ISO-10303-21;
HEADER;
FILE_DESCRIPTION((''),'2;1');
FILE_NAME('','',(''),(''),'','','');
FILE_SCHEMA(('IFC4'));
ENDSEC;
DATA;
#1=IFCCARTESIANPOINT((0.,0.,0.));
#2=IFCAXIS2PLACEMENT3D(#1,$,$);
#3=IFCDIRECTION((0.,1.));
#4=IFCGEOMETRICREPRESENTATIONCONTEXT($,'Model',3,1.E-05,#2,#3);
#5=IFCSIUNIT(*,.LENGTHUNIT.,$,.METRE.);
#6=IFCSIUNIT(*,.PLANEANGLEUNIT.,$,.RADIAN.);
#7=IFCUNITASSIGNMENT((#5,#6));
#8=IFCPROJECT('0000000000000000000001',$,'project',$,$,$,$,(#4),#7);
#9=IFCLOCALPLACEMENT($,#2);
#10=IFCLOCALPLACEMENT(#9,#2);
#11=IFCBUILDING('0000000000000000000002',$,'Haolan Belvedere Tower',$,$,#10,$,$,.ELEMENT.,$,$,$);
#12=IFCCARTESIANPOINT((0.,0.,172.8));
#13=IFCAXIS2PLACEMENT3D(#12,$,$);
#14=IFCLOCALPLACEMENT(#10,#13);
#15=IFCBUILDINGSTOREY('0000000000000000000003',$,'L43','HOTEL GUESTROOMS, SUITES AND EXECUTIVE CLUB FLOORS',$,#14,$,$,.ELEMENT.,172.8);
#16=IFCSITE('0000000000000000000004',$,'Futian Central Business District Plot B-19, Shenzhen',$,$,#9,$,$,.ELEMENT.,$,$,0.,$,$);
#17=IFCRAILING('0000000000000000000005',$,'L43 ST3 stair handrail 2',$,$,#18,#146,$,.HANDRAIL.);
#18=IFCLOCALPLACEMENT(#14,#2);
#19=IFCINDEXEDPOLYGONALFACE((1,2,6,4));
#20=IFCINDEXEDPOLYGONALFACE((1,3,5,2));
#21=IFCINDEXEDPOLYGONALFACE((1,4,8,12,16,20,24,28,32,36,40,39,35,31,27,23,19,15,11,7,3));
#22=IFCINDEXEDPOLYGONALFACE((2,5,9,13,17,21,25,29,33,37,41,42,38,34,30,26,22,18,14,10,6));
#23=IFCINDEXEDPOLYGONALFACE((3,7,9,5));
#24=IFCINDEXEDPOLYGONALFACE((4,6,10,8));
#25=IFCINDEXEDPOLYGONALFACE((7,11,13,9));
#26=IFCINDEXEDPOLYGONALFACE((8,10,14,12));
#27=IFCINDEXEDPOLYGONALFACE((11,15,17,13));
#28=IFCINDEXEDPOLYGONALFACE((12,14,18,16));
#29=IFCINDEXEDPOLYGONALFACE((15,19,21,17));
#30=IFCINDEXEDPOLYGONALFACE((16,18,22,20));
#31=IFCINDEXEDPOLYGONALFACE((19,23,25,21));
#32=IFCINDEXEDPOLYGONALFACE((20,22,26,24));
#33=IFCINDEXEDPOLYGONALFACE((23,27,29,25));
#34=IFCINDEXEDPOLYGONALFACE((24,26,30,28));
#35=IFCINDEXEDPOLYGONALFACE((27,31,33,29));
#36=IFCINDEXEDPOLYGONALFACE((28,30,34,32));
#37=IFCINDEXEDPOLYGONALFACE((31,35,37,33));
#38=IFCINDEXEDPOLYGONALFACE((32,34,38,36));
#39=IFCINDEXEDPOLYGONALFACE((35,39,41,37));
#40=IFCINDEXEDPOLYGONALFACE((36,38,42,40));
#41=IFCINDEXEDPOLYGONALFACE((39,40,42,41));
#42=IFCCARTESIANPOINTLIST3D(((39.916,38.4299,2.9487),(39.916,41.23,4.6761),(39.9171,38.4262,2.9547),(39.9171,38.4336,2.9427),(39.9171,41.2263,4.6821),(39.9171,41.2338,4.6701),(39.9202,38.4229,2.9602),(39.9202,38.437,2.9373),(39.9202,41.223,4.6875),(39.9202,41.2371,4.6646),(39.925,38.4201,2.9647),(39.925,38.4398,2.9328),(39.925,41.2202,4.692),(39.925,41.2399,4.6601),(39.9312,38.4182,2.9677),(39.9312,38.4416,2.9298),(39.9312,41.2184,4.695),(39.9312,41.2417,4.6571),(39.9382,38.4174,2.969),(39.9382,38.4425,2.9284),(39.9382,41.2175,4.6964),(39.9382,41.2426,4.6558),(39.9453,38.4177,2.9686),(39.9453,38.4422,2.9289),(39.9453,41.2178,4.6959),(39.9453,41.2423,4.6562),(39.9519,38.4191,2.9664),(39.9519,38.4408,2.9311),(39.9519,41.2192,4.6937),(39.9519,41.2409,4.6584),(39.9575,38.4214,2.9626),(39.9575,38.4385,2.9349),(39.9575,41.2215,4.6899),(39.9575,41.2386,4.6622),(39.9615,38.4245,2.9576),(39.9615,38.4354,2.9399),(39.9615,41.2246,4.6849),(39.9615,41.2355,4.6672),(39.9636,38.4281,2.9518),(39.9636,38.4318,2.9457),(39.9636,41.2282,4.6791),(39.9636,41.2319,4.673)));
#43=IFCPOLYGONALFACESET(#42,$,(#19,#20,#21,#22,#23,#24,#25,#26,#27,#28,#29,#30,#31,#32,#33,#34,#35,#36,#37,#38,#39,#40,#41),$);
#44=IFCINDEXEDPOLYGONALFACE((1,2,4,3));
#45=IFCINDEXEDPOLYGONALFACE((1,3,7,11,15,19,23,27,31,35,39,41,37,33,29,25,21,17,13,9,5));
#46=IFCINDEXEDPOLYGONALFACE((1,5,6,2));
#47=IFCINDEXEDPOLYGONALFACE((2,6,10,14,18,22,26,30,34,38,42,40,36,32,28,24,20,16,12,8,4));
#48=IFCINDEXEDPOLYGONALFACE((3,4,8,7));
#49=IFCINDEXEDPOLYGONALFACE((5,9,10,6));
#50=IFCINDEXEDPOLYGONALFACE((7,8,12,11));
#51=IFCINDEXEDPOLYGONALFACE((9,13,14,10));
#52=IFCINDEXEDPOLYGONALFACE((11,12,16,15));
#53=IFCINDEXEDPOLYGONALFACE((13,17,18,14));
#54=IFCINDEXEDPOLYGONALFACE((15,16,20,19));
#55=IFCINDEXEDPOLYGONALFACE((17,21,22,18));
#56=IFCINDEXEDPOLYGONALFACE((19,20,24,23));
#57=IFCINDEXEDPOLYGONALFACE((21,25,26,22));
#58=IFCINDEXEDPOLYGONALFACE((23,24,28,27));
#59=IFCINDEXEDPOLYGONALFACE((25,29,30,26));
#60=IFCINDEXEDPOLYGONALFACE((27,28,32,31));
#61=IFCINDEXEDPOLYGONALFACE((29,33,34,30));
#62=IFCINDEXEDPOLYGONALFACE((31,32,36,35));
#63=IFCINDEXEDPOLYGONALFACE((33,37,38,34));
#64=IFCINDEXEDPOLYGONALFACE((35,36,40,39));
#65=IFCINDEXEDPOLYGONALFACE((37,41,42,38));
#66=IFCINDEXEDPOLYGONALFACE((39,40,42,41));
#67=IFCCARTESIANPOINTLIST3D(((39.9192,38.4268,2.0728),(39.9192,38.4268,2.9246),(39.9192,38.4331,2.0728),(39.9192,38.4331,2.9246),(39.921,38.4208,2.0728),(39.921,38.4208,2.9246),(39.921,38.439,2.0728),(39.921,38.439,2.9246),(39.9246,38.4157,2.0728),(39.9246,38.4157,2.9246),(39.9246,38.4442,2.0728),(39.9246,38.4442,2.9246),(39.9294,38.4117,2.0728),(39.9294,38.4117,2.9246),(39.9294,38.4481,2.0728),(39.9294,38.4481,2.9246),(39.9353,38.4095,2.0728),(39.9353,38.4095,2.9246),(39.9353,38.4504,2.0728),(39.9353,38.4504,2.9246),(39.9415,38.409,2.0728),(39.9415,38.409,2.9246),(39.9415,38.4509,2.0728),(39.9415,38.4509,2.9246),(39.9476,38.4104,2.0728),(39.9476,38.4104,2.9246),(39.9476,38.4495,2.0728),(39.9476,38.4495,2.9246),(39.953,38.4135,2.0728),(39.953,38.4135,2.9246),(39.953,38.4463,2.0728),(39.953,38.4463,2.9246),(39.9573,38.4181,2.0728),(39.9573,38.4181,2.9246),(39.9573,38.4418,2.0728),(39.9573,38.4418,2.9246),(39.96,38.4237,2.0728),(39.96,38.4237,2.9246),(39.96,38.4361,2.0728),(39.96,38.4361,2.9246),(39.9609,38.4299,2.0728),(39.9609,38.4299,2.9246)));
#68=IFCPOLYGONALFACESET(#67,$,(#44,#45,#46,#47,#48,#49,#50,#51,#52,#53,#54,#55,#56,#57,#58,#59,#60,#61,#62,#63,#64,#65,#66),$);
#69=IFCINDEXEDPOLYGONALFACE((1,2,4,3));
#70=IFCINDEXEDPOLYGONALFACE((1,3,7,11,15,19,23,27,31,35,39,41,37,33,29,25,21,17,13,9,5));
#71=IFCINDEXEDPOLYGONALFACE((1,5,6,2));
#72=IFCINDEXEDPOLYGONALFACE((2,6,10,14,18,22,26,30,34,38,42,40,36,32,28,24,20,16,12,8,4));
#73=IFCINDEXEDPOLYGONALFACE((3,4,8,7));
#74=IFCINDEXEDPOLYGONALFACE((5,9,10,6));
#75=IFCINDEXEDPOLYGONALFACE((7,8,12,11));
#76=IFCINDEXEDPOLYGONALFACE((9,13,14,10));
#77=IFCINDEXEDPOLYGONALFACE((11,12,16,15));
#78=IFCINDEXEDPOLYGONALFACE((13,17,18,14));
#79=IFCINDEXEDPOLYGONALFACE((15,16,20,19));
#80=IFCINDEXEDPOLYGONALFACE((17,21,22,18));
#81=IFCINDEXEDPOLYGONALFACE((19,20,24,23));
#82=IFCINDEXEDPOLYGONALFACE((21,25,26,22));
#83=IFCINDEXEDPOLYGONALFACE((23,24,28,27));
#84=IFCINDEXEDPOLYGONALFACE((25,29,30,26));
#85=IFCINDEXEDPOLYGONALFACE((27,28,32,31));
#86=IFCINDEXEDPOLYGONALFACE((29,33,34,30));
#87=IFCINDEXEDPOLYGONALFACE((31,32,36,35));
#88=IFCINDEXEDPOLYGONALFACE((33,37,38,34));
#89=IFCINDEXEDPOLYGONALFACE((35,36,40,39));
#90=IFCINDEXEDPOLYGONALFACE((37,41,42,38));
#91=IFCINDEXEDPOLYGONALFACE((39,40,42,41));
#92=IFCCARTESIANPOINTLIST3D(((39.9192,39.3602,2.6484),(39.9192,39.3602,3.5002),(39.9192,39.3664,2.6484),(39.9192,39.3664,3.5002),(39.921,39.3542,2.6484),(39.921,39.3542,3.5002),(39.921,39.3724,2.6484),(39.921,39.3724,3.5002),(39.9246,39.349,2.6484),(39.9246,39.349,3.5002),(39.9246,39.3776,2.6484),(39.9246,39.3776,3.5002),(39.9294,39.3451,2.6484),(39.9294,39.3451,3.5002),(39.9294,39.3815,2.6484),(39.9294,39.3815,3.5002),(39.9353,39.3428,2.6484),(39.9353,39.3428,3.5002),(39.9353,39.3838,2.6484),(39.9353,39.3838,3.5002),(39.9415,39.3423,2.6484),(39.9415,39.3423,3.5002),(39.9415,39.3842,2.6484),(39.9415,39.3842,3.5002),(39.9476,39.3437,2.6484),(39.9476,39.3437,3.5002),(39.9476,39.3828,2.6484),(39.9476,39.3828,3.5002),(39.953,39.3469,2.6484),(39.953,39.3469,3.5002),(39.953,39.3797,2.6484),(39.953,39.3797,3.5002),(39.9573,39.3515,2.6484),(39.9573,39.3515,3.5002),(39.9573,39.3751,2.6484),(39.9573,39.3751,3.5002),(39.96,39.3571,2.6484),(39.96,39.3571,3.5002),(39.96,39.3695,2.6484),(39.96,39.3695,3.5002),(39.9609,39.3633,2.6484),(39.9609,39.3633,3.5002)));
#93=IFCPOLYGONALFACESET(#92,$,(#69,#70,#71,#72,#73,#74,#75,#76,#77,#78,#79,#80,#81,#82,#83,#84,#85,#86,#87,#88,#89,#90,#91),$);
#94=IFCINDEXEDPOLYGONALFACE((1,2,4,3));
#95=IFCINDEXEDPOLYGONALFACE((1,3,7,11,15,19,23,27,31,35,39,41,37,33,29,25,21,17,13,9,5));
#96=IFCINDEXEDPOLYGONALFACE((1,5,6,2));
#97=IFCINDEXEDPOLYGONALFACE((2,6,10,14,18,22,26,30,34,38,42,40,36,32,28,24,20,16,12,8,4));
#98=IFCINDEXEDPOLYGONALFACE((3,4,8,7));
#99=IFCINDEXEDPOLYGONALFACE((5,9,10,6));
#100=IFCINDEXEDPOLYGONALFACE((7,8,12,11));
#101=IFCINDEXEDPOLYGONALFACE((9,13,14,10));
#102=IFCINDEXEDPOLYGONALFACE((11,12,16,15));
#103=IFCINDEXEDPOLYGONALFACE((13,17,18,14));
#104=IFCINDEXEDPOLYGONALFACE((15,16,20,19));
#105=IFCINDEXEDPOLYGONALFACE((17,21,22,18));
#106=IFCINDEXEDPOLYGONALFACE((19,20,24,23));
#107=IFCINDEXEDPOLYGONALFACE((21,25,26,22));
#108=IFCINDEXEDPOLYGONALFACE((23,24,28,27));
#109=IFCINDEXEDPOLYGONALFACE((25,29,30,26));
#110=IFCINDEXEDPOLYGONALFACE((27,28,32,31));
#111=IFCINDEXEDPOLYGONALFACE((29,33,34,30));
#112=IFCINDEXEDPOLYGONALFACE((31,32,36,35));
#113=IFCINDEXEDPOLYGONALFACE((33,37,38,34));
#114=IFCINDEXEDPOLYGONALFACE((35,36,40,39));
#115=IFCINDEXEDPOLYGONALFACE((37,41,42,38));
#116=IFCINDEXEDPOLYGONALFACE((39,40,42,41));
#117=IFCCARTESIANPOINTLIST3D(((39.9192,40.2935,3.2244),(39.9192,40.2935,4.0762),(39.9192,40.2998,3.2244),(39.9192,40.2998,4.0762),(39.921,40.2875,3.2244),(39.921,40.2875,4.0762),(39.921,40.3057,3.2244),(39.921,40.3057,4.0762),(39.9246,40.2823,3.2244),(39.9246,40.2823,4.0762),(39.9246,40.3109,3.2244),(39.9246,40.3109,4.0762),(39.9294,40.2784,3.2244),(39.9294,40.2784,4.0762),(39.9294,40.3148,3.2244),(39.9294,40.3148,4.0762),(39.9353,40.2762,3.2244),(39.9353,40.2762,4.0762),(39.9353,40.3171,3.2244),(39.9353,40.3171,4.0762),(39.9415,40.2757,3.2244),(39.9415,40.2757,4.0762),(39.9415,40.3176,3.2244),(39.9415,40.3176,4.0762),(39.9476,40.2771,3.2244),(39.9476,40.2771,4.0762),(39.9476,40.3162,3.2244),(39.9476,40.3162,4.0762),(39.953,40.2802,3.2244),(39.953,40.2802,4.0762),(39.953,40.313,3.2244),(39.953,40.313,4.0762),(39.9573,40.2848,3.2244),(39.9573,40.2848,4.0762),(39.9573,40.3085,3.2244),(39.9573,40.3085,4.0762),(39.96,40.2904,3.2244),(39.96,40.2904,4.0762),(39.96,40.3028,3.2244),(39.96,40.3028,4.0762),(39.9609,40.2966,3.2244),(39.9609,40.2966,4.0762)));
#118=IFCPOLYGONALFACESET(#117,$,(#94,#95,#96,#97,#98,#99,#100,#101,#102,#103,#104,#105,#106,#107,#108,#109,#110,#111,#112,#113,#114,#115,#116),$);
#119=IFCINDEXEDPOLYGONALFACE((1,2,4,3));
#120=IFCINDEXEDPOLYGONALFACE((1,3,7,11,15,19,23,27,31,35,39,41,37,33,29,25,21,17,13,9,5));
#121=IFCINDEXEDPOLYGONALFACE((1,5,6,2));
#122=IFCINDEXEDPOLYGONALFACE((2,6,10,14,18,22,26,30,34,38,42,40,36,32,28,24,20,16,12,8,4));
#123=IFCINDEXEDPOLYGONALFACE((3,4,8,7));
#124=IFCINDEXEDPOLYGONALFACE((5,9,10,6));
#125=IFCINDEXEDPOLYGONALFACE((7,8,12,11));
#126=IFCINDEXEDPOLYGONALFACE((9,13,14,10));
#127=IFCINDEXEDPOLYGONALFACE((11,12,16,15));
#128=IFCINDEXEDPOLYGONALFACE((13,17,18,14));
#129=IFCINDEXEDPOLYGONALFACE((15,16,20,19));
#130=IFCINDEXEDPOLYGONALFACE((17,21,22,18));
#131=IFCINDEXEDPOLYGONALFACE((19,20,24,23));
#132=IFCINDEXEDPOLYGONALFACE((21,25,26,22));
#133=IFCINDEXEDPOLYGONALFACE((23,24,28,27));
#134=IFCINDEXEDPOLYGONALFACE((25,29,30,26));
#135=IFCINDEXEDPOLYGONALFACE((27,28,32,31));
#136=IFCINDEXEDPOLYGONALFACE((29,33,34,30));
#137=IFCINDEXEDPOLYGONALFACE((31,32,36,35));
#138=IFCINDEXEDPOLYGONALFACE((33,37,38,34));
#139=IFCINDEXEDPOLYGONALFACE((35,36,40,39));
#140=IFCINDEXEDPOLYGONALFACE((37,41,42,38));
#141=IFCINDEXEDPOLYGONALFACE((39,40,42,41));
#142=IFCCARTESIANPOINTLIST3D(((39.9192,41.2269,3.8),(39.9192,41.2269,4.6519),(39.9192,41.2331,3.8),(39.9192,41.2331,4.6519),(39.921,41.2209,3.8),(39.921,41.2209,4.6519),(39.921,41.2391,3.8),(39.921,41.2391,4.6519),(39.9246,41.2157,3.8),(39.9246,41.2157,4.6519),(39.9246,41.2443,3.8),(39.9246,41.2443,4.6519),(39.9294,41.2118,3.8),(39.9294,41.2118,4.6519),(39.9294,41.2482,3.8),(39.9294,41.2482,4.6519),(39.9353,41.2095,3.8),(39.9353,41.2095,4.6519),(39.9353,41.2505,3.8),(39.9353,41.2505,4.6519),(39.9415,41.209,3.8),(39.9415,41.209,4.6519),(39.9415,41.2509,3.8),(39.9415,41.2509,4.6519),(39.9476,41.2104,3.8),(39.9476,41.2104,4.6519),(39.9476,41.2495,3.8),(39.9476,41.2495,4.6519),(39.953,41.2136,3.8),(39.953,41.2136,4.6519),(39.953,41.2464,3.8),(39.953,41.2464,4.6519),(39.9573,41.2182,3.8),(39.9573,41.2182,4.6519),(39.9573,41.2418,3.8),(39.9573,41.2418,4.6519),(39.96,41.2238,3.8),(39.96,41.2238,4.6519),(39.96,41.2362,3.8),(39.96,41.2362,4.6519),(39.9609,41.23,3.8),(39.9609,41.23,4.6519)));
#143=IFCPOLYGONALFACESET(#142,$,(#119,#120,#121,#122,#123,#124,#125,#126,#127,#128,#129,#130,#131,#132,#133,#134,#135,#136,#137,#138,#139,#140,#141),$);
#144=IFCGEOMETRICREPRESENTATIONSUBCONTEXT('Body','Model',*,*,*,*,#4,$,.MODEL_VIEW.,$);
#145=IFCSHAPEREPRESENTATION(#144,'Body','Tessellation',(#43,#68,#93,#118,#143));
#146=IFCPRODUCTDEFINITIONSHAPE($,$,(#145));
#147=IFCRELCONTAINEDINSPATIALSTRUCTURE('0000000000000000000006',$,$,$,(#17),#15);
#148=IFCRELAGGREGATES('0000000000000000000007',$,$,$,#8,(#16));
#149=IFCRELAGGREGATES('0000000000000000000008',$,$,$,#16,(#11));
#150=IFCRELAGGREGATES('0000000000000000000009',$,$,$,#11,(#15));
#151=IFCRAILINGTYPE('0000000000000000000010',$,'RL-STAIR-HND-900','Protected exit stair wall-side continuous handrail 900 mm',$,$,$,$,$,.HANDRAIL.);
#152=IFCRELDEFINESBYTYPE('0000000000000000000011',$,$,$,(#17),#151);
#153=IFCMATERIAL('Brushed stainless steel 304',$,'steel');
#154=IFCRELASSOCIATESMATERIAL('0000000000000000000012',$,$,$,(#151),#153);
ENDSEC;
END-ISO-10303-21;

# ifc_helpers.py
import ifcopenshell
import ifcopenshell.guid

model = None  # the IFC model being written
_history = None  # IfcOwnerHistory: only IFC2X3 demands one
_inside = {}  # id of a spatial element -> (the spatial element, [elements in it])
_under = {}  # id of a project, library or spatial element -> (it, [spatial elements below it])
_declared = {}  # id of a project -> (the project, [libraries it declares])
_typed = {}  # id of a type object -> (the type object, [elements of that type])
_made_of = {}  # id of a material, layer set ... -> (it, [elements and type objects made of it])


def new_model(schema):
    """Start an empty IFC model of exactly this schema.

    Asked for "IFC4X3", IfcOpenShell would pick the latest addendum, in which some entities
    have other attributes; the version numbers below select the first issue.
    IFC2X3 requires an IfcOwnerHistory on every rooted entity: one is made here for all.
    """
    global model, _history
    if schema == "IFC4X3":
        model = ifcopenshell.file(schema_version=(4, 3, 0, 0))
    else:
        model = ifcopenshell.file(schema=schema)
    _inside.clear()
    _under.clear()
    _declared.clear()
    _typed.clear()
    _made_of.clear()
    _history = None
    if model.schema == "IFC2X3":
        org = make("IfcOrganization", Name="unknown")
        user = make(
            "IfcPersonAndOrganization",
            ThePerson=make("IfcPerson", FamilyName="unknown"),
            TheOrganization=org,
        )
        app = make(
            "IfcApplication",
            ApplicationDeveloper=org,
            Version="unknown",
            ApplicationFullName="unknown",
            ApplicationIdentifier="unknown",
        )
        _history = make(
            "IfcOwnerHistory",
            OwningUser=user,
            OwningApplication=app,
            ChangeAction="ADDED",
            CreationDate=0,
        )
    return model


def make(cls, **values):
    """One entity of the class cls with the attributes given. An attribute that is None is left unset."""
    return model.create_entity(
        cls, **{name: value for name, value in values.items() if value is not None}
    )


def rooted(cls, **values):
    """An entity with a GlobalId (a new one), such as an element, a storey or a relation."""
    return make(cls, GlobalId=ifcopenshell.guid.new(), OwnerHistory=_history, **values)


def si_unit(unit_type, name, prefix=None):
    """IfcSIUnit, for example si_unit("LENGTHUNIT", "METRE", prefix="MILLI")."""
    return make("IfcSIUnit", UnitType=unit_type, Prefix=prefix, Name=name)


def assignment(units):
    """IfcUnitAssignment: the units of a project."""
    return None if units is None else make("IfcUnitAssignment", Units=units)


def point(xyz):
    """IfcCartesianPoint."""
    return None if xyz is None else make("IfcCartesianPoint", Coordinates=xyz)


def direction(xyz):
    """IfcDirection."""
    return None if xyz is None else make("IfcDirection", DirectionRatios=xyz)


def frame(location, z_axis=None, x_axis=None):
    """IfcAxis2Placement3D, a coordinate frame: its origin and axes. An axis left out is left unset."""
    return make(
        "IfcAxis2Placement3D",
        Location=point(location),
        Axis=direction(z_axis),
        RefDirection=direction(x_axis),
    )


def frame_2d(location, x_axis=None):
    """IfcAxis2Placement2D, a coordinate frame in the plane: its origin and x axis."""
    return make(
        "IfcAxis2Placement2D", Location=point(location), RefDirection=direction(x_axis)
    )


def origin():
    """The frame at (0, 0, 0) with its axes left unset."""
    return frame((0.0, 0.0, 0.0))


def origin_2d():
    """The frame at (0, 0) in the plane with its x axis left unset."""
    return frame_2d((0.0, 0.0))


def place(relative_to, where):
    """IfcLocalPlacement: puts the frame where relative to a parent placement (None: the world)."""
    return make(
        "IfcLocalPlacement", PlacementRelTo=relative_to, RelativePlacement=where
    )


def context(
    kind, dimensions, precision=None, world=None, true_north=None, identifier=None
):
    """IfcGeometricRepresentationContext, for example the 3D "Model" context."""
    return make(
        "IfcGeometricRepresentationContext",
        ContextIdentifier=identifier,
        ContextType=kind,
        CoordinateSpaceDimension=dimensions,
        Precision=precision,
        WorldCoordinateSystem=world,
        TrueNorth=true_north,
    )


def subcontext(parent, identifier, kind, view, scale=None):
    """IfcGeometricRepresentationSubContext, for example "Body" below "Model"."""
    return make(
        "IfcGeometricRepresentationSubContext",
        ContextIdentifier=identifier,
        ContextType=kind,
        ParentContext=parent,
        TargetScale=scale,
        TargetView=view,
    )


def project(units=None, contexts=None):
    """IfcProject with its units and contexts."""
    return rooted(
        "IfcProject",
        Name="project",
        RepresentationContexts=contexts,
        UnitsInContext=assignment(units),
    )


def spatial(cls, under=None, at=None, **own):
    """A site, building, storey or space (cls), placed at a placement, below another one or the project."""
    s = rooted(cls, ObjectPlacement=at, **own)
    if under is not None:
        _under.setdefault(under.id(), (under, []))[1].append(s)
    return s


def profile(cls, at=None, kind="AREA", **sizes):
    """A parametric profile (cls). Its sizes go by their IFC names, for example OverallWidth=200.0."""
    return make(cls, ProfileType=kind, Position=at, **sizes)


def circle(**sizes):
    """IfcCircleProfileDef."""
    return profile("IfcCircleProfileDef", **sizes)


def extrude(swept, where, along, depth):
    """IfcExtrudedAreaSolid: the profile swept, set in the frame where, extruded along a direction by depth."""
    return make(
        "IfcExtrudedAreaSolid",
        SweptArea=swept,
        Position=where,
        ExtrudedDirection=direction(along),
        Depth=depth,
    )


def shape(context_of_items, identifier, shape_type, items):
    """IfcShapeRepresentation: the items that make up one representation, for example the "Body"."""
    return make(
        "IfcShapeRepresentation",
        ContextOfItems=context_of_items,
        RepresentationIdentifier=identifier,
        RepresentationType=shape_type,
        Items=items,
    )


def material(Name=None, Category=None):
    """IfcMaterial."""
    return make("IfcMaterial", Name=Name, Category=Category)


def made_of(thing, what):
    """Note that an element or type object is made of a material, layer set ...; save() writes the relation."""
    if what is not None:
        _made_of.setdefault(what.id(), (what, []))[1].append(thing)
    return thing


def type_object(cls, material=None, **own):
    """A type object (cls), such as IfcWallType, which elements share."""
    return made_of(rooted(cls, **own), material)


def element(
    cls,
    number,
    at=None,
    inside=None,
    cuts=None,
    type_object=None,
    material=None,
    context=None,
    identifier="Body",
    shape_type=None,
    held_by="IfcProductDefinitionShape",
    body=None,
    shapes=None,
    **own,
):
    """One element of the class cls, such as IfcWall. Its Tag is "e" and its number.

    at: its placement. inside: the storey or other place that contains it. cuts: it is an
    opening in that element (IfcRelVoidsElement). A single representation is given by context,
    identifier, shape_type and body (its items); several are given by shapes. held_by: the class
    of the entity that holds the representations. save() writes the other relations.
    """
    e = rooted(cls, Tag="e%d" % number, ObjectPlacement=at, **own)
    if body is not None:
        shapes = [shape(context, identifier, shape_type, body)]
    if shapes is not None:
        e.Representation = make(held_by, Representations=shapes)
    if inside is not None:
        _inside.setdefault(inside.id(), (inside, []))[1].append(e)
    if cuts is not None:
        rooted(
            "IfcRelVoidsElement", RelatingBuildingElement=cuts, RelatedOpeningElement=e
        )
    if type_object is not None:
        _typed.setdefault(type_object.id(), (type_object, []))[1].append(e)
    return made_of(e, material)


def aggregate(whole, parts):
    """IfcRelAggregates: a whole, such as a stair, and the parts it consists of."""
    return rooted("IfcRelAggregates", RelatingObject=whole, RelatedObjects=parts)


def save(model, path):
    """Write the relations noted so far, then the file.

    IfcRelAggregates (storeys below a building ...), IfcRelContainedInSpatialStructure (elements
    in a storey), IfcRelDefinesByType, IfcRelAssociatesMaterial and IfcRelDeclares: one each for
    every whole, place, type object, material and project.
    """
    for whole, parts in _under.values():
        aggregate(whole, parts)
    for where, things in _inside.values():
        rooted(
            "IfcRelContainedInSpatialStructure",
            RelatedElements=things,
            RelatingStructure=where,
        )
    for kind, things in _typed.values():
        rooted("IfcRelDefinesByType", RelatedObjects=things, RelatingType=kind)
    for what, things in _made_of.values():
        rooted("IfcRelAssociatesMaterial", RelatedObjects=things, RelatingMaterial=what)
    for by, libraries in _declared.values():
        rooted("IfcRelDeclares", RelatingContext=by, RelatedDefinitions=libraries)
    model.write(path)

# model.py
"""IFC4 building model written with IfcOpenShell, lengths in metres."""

from ifc_helpers import new_model, si_unit, direction, frame, origin, origin_2d, place, context, subcontext, project, spatial, circle, extrude, material, type_object, element, save


model = new_model("IFC4")

# Units and contexts
model_context = context("Model", 3, precision=1e-05, world=origin(), true_north=direction((0.0, 1.0)))
body_context = subcontext(model_context, "Body", "Model", "MODEL_VIEW")
ifc_project = project(units=[si_unit("LENGTHUNIT", "METRE"), si_unit("PLANEANGLEUNIT", "RADIAN")], contexts=[model_context])

# Site, building, storey
site_placement = place(None, origin())
site = spatial("IfcSite", under=ifc_project, at=site_placement, Name="Futian Central Business District Plot B-19, Shenzhen", CompositionType="ELEMENT", RefElevation=0.0)
building_placement = place(site_placement, origin())
building = spatial("IfcBuilding", under=site, at=building_placement, Name="Haolan Belvedere Tower", CompositionType="ELEMENT")
storey_placement = place(building_placement, frame((0.0, 0.0, 172.8)))
storey = spatial("IfcBuildingStorey", under=building, at=storey_placement, Name="L43", Description="HOTEL GUESTROOMS, SUITES AND EXECUTIVE CLUB FLOORS", CompositionType="ELEMENT", Elevation=172.8)

# Railing
ifc_material_1 = material(Name="Brushed stainless steel 304", Category="steel")
railing_type_1 = type_object("IfcRailingType", Name="RL-STAIR-HND-900", Description="Protected exit stair wall-side continuous handrail 900 mm", PredefinedType="HANDRAIL", material=ifc_material_1)
railing_1_placement = place(storey_placement, frame((39.9399, 38.4299, 2.0728)))
element("IfcRailing", 1, at=railing_1_placement, inside=storey, type_object=railing_type_1, Name="L43 ST3 stair handrail 2", PredefinedType="HANDRAIL", context=body_context, shape_type="SweptSolid", body=[
    extrude(circle(Radius=0.0239, at=origin_2d()), frame((0.0, 0.0, 0.876), z_axis=(0.0, 0.85109, 0.52502), x_axis=(-1.0, 0.0, 0.0)), (0.0, 0.0, 1.0), 3.29),
    extrude(circle(Radius=0.021, at=origin_2d()), origin(), (0.0, 0.0, 1.0), 0.8518),
    extrude(circle(Radius=0.021, at=origin_2d()), frame((0.0, 0.9333, 0.5757)), (0.0, 0.0, 1.0), 0.8518),
    extrude(circle(Radius=0.021, at=origin_2d()), frame((0.0, 1.8667, 1.1516)), (0.0, 0.0, 1.0), 0.8518),
    extrude(circle(Radius=0.021, at=origin_2d()), frame((0.0, 2.8, 1.7273)), (0.0, 0.0, 1.0), 0.8518),
])

save(model, "model.ifc")
